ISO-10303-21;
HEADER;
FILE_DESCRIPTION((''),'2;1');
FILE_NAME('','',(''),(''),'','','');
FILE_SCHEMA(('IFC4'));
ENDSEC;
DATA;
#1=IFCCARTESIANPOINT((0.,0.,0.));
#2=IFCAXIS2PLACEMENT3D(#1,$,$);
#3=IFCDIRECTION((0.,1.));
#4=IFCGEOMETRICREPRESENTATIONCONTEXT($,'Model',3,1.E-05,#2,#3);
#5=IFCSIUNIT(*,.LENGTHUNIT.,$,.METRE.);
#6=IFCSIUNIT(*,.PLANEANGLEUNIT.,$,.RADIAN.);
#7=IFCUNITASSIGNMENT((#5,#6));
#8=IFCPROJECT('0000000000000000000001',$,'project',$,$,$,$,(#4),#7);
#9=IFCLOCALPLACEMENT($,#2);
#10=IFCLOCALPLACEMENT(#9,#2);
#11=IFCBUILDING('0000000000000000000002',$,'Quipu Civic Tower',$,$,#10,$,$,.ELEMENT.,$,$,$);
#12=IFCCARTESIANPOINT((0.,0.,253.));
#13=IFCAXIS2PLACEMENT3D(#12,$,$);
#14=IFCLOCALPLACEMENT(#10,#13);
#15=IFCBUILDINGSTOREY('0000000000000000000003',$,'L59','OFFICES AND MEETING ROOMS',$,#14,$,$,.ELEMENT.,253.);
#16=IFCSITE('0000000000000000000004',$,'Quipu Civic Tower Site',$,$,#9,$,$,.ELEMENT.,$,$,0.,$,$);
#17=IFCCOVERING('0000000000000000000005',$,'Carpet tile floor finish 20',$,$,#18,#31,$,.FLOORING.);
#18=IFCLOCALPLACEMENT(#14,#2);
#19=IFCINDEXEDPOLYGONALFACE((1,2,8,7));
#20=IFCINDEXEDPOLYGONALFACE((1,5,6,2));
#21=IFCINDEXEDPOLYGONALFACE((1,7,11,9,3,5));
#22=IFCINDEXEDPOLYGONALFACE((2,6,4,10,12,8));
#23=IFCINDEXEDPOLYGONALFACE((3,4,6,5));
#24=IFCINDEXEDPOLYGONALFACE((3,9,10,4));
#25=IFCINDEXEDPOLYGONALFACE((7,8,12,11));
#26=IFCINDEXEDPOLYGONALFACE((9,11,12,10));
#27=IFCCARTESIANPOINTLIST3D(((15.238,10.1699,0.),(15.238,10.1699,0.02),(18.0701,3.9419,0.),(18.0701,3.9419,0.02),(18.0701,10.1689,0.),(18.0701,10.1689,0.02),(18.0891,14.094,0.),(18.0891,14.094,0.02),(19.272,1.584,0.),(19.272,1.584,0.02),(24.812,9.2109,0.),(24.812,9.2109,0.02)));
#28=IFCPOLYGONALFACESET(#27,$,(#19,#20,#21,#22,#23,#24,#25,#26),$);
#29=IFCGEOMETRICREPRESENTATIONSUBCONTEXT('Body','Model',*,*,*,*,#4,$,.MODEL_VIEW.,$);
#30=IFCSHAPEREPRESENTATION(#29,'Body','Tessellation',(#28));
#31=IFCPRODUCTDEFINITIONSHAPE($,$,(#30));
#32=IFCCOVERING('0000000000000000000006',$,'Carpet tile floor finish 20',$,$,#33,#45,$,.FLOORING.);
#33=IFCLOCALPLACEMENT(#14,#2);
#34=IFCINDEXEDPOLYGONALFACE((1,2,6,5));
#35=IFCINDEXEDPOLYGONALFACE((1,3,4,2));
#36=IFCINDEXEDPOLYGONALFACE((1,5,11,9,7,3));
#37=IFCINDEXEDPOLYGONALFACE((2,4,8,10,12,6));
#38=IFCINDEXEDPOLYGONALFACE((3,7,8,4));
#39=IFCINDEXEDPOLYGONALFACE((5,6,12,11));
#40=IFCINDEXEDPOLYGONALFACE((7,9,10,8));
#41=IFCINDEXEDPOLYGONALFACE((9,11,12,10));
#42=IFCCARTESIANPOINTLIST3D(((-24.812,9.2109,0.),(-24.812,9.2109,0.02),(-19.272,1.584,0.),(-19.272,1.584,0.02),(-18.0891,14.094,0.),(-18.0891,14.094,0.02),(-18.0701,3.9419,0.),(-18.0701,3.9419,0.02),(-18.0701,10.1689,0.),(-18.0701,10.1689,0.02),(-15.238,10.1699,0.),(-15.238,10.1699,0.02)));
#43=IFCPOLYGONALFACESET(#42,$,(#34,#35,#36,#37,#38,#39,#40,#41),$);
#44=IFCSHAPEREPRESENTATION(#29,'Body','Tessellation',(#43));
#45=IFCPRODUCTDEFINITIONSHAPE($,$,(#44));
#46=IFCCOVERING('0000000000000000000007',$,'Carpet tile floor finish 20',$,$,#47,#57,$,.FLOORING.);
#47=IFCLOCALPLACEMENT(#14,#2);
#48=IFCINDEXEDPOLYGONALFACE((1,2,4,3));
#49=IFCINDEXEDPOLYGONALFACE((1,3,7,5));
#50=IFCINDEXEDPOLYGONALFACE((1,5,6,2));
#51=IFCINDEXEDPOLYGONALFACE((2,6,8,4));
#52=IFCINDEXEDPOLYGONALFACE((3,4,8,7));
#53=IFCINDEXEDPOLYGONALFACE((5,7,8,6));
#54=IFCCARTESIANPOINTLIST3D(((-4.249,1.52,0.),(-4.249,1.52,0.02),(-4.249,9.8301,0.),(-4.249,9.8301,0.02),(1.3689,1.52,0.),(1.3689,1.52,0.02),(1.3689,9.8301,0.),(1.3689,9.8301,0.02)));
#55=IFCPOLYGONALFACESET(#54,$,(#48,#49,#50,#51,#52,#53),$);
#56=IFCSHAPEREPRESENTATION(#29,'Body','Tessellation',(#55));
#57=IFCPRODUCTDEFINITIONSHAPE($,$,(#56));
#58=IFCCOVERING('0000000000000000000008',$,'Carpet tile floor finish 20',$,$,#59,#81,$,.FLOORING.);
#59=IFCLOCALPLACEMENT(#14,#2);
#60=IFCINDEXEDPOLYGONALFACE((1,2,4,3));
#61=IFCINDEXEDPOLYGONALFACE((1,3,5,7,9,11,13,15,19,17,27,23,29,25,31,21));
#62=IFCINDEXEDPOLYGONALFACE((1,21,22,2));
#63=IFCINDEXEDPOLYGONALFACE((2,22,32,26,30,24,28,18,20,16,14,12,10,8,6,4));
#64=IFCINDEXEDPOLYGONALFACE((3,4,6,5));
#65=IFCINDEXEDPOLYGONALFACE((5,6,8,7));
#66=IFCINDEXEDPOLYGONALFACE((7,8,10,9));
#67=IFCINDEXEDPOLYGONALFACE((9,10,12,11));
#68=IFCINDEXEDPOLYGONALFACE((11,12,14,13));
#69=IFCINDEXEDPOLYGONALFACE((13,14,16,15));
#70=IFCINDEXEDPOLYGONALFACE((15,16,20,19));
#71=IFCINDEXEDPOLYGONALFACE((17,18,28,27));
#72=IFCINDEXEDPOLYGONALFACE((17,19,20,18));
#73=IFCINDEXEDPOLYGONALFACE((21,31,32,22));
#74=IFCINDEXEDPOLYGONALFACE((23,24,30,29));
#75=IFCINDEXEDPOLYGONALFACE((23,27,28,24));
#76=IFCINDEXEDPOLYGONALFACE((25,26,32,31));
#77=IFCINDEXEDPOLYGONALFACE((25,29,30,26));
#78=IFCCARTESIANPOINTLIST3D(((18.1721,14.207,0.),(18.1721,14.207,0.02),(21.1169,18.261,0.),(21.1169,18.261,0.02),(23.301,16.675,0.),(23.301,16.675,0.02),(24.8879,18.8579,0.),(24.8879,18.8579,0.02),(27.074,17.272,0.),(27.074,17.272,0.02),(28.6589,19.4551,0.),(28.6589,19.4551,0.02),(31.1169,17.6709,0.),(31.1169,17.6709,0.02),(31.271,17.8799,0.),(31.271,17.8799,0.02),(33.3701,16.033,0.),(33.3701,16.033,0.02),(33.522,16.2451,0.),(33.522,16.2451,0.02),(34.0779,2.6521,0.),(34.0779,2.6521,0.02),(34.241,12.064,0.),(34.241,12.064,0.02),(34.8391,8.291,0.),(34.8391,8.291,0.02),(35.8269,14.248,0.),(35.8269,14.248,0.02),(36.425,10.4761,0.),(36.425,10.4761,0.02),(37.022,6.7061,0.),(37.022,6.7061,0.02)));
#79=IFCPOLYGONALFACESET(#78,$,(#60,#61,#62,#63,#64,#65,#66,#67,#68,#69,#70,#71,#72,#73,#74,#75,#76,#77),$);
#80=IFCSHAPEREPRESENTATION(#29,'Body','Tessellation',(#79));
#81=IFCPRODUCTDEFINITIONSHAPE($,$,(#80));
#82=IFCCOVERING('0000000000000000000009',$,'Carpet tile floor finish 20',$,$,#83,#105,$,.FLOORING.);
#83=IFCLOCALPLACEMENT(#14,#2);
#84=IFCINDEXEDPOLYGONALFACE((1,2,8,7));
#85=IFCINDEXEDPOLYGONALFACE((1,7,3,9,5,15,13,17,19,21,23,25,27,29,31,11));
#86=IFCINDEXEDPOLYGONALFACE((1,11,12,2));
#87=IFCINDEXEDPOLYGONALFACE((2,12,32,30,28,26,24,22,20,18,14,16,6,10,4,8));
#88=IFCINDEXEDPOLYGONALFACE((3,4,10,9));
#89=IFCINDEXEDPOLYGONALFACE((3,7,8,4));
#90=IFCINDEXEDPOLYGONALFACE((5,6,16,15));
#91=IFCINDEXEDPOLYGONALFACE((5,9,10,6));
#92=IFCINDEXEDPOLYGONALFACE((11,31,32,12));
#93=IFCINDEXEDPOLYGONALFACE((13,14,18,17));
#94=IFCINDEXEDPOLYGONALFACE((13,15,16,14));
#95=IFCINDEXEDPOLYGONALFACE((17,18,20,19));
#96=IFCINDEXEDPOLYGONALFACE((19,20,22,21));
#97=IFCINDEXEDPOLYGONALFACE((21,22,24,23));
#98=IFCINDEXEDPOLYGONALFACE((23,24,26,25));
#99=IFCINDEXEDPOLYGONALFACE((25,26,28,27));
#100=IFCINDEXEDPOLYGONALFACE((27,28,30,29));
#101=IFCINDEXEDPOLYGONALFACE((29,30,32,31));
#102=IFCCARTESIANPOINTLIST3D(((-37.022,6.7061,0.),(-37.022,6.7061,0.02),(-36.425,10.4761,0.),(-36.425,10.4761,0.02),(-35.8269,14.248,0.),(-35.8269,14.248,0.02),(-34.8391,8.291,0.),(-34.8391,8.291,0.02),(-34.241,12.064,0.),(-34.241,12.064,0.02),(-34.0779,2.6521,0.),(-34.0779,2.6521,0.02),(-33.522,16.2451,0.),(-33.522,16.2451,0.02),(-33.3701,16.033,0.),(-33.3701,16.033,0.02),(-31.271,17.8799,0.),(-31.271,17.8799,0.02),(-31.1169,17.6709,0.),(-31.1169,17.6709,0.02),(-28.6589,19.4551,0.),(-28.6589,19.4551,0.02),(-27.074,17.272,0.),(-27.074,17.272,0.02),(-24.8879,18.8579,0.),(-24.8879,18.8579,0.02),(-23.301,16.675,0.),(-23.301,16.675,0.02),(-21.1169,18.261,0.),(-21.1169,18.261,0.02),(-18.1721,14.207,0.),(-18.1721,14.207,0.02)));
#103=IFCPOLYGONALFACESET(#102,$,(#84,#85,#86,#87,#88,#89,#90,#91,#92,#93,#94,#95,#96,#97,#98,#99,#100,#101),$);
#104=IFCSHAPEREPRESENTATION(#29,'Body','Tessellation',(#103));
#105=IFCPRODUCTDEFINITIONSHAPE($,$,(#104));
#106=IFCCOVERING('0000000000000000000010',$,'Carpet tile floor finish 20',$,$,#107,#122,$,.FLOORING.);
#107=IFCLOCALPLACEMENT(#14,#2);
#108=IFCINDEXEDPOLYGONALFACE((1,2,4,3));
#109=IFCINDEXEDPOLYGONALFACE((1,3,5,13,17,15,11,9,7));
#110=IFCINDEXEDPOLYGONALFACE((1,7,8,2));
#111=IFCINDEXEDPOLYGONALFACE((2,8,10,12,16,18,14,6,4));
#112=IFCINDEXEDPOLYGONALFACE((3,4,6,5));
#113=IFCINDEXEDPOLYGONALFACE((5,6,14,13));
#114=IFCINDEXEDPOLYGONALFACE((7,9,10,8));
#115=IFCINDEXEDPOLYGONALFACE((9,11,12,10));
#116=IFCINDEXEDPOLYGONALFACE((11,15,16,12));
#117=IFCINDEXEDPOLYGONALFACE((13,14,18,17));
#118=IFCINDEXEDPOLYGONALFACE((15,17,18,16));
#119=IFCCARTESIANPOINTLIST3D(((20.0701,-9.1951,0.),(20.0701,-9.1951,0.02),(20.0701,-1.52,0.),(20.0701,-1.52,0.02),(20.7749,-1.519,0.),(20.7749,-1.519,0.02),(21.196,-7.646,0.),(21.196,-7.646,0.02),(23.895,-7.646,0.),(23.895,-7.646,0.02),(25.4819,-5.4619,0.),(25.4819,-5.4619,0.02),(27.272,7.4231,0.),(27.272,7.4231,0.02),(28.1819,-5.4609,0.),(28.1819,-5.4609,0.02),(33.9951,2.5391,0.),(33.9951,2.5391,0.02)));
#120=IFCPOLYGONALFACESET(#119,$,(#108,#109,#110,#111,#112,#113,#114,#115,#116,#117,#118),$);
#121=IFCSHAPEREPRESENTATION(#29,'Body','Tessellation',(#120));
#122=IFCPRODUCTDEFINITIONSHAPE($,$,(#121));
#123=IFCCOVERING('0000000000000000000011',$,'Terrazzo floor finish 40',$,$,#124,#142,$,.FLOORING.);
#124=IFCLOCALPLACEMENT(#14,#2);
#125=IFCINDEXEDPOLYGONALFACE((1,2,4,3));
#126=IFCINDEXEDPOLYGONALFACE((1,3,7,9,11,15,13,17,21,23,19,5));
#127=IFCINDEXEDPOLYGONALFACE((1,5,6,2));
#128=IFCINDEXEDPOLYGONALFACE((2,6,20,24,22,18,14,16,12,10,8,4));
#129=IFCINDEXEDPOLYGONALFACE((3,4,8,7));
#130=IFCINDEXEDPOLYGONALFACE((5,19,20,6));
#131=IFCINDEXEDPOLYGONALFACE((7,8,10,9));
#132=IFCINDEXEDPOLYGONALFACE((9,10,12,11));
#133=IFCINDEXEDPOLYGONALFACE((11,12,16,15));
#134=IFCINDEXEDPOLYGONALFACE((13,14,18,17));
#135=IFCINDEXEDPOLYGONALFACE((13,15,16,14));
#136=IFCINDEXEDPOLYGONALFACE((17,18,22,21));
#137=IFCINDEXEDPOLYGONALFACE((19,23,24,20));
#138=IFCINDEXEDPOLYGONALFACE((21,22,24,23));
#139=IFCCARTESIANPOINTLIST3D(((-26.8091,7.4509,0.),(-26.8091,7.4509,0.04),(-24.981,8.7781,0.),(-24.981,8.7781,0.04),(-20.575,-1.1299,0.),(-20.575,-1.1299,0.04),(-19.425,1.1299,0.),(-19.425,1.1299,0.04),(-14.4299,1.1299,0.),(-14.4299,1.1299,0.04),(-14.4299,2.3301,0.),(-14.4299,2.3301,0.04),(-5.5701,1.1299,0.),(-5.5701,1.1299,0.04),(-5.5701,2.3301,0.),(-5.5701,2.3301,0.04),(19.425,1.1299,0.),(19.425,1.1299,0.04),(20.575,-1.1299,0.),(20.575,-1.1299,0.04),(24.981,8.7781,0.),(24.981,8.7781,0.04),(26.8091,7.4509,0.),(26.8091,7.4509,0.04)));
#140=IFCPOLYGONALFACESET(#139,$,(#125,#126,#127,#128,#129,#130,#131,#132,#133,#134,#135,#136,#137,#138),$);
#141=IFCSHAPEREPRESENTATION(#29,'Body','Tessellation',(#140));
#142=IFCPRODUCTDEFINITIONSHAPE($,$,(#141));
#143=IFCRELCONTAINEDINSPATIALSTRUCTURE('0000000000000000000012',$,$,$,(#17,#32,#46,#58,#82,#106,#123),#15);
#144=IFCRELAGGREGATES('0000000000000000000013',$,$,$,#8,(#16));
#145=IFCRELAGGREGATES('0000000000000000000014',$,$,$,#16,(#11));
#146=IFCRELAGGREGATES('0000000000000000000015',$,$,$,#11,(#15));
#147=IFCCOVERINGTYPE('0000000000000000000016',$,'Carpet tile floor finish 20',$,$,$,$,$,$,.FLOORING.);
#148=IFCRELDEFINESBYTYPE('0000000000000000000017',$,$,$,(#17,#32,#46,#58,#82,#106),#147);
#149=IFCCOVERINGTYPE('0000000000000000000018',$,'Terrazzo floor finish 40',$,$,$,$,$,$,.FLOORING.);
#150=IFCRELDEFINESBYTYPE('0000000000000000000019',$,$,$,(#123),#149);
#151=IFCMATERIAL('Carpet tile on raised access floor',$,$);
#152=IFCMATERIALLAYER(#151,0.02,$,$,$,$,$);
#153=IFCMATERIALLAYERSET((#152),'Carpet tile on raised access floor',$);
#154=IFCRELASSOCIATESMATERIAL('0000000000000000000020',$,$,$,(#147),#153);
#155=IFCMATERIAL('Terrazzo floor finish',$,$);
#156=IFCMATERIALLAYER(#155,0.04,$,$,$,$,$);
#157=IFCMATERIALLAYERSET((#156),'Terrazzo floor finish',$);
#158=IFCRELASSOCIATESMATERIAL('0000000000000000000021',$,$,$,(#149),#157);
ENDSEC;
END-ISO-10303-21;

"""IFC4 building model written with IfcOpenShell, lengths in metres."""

from ifc_helpers import new_model, si_unit, direction, frame, origin, place, context, subcontext, project, spatial, polyline, outline, extrude, material, layer, layer_set, type_object, element, save


model = new_model("IFC4")

# Units and contexts
model_context = context("Model", 3, precision=1e-05, world=origin(), true_north=direction((0.0, 1.0)))
body_context = subcontext(model_context, "Body", "Model", "MODEL_VIEW")
ifc_project = project(units=[si_unit("LENGTHUNIT", "METRE"), si_unit("PLANEANGLEUNIT", "RADIAN")], contexts=[model_context])

# Site, building, storey
site_placement = place(None, origin())
site = spatial("IfcSite", under=ifc_project, at=site_placement, Name="Quipu Civic Tower Site", CompositionType="ELEMENT", RefElevation=0.0)
building_placement = place(site_placement, origin())
building = spatial("IfcBuilding", under=site, at=building_placement, Name="Quipu Civic Tower", CompositionType="ELEMENT")
storey_placement = place(building_placement, frame((0.0, 0.0, 253.0)))
storey = spatial("IfcBuildingStorey", under=building, at=storey_placement, Name="L59", Description="OFFICES AND MEETING ROOMS", CompositionType="ELEMENT", Elevation=253.0)

# Coverings
ifc_material_1 = material(Name="Carpet tile on raised access floor")
ifc_layer_1 = layer(ifc_material_1, 0.02)
ifc_layer_set_1 = layer_set([ifc_layer_1], Name="Carpet tile on raised access floor")
covering_type_1 = type_object("IfcCoveringType", Name="Carpet tile floor finish 20", PredefinedType="FLOORING", material=ifc_layer_set_1)
covering_1_placement = place(storey_placement, origin())
element("IfcCovering", 1, at=covering_1_placement, inside=storey, type_object=covering_type_1, Name="Carpet tile floor finish 20", PredefinedType="FLOORING", context=body_context, shape_type="SweptSolid", body=[
    extrude(outline(polyline([(15.238, 10.1699), (18.0891, 14.094), (24.812, 9.2109), (19.272, 1.584), (18.0701, 3.9419), (18.0701, 10.1689), (15.238, 10.1699)])), origin(), (0.0, 0.0, 1.0), 0.02),
])
covering_2_placement = place(storey_placement, origin())
element("IfcCovering", 2, at=covering_2_placement, inside=storey, type_object=covering_type_1, Name="Carpet tile floor finish 20", PredefinedType="FLOORING", context=body_context, shape_type="SweptSolid", body=[
    extrude(outline(polyline([(-24.812, 9.2109), (-18.0891, 14.094), (-15.238, 10.1699), (-18.0701, 10.1689), (-18.0701, 3.9419), (-19.272, 1.584), (-24.812, 9.2109)])), origin(), (0.0, 0.0, 1.0), 0.02),
])
covering_3_placement = place(storey_placement, origin())
element("IfcCovering", 3, at=covering_3_placement, inside=storey, type_object=covering_type_1, Name="Carpet tile floor finish 20", PredefinedType="FLOORING", context=body_context, shape_type="SweptSolid", body=[
    extrude(outline(polyline([(-4.249, 9.8301), (1.3689, 9.8301), (1.3689, 1.52), (-4.249, 1.52), (-4.249, 9.8301)])), origin(), (0.0, 0.0, 1.0), 0.02),
])
covering_4_placement = place(storey_placement, origin())
element("IfcCovering", 4, at=covering_4_placement, inside=storey, type_object=covering_type_1, Name="Carpet tile floor finish 20", PredefinedType="FLOORING", context=body_context, shape_type="SweptSolid", body=[
    extrude(outline(polyline([(18.1721, 14.207), (21.1169, 18.261), (23.301, 16.675), (24.8879, 18.8579), (27.074, 17.272), (28.6589, 19.4551), (31.1169, 17.6709), (31.271, 17.8799), (33.522, 16.2451), (33.3701, 16.033), (35.8269, 14.248), (34.241, 12.064), (36.425, 10.4761), (34.8391, 8.291), (37.022, 6.7061), (34.0779, 2.6521), (18.1721, 14.207)])), origin(), (0.0, 0.0, 1.0), 0.02),
])
covering_5_placement = place(storey_placement, origin())
element("IfcCovering", 5, at=covering_5_placement, inside=storey, type_object=covering_type_1, Name="Carpet tile floor finish 20", PredefinedType="FLOORING", context=body_context, shape_type="SweptSolid", body=[
    extrude(outline(polyline([(-37.022, 6.7061), (-34.8391, 8.291), (-36.425, 10.4761), (-34.241, 12.064), (-35.8269, 14.248), (-33.3701, 16.033), (-33.522, 16.2451), (-31.271, 17.8799), (-31.1169, 17.6709), (-28.6589, 19.4551), (-27.074, 17.272), (-24.8879, 18.8579), (-23.301, 16.675), (-21.1169, 18.261), (-18.1721, 14.207), (-34.0779, 2.6521), (-37.022, 6.7061)])), origin(), (0.0, 0.0, 1.0), 0.02),
])
covering_6_placement = place(storey_placement, origin())
element("IfcCovering", 6, at=covering_6_placement, inside=storey, type_object=covering_type_1, Name="Carpet tile floor finish 20", PredefinedType="FLOORING", context=body_context, shape_type="SweptSolid", body=[
    extrude(outline(polyline([(20.0701, -9.1951), (20.0701, -1.52), (20.7749, -1.519), (27.272, 7.4231), (33.9951, 2.5391), (28.1819, -5.4609), (25.4819, -5.4619), (23.895, -7.646), (21.196, -7.646), (20.0701, -9.1951)])), origin(), (0.0, 0.0, 1.0), 0.02),
])
ifc_material_2 = material(Name="Terrazzo floor finish")
ifc_layer_2 = layer(ifc_material_2, 0.04)
ifc_layer_set_2 = layer_set([ifc_layer_2], Name="Terrazzo floor finish")
covering_type_2 = type_object("IfcCoveringType", Name="Terrazzo floor finish 40", PredefinedType="FLOORING", material=ifc_layer_set_2)
covering_7_placement = place(storey_placement, origin())
element("IfcCovering", 7, at=covering_7_placement, inside=storey, type_object=covering_type_2, Name="Terrazzo floor finish 40", PredefinedType="FLOORING", context=body_context, shape_type="SweptSolid", body=[
    extrude(outline(polyline([(19.425, 1.1299), (24.981, 8.7781), (26.8091, 7.4509), (20.575, -1.1299), (-20.575, -1.1299), (-26.8091, 7.4509), (-24.981, 8.7781), (-19.425, 1.1299), (-14.4299, 1.1299), (-14.4299, 2.3301), (-5.5701, 2.3301), (-5.5701, 1.1299), (19.425, 1.1299)])), origin(), (0.0, 0.0, 1.0), 0.04),
])

save(model, "model.ifc")
